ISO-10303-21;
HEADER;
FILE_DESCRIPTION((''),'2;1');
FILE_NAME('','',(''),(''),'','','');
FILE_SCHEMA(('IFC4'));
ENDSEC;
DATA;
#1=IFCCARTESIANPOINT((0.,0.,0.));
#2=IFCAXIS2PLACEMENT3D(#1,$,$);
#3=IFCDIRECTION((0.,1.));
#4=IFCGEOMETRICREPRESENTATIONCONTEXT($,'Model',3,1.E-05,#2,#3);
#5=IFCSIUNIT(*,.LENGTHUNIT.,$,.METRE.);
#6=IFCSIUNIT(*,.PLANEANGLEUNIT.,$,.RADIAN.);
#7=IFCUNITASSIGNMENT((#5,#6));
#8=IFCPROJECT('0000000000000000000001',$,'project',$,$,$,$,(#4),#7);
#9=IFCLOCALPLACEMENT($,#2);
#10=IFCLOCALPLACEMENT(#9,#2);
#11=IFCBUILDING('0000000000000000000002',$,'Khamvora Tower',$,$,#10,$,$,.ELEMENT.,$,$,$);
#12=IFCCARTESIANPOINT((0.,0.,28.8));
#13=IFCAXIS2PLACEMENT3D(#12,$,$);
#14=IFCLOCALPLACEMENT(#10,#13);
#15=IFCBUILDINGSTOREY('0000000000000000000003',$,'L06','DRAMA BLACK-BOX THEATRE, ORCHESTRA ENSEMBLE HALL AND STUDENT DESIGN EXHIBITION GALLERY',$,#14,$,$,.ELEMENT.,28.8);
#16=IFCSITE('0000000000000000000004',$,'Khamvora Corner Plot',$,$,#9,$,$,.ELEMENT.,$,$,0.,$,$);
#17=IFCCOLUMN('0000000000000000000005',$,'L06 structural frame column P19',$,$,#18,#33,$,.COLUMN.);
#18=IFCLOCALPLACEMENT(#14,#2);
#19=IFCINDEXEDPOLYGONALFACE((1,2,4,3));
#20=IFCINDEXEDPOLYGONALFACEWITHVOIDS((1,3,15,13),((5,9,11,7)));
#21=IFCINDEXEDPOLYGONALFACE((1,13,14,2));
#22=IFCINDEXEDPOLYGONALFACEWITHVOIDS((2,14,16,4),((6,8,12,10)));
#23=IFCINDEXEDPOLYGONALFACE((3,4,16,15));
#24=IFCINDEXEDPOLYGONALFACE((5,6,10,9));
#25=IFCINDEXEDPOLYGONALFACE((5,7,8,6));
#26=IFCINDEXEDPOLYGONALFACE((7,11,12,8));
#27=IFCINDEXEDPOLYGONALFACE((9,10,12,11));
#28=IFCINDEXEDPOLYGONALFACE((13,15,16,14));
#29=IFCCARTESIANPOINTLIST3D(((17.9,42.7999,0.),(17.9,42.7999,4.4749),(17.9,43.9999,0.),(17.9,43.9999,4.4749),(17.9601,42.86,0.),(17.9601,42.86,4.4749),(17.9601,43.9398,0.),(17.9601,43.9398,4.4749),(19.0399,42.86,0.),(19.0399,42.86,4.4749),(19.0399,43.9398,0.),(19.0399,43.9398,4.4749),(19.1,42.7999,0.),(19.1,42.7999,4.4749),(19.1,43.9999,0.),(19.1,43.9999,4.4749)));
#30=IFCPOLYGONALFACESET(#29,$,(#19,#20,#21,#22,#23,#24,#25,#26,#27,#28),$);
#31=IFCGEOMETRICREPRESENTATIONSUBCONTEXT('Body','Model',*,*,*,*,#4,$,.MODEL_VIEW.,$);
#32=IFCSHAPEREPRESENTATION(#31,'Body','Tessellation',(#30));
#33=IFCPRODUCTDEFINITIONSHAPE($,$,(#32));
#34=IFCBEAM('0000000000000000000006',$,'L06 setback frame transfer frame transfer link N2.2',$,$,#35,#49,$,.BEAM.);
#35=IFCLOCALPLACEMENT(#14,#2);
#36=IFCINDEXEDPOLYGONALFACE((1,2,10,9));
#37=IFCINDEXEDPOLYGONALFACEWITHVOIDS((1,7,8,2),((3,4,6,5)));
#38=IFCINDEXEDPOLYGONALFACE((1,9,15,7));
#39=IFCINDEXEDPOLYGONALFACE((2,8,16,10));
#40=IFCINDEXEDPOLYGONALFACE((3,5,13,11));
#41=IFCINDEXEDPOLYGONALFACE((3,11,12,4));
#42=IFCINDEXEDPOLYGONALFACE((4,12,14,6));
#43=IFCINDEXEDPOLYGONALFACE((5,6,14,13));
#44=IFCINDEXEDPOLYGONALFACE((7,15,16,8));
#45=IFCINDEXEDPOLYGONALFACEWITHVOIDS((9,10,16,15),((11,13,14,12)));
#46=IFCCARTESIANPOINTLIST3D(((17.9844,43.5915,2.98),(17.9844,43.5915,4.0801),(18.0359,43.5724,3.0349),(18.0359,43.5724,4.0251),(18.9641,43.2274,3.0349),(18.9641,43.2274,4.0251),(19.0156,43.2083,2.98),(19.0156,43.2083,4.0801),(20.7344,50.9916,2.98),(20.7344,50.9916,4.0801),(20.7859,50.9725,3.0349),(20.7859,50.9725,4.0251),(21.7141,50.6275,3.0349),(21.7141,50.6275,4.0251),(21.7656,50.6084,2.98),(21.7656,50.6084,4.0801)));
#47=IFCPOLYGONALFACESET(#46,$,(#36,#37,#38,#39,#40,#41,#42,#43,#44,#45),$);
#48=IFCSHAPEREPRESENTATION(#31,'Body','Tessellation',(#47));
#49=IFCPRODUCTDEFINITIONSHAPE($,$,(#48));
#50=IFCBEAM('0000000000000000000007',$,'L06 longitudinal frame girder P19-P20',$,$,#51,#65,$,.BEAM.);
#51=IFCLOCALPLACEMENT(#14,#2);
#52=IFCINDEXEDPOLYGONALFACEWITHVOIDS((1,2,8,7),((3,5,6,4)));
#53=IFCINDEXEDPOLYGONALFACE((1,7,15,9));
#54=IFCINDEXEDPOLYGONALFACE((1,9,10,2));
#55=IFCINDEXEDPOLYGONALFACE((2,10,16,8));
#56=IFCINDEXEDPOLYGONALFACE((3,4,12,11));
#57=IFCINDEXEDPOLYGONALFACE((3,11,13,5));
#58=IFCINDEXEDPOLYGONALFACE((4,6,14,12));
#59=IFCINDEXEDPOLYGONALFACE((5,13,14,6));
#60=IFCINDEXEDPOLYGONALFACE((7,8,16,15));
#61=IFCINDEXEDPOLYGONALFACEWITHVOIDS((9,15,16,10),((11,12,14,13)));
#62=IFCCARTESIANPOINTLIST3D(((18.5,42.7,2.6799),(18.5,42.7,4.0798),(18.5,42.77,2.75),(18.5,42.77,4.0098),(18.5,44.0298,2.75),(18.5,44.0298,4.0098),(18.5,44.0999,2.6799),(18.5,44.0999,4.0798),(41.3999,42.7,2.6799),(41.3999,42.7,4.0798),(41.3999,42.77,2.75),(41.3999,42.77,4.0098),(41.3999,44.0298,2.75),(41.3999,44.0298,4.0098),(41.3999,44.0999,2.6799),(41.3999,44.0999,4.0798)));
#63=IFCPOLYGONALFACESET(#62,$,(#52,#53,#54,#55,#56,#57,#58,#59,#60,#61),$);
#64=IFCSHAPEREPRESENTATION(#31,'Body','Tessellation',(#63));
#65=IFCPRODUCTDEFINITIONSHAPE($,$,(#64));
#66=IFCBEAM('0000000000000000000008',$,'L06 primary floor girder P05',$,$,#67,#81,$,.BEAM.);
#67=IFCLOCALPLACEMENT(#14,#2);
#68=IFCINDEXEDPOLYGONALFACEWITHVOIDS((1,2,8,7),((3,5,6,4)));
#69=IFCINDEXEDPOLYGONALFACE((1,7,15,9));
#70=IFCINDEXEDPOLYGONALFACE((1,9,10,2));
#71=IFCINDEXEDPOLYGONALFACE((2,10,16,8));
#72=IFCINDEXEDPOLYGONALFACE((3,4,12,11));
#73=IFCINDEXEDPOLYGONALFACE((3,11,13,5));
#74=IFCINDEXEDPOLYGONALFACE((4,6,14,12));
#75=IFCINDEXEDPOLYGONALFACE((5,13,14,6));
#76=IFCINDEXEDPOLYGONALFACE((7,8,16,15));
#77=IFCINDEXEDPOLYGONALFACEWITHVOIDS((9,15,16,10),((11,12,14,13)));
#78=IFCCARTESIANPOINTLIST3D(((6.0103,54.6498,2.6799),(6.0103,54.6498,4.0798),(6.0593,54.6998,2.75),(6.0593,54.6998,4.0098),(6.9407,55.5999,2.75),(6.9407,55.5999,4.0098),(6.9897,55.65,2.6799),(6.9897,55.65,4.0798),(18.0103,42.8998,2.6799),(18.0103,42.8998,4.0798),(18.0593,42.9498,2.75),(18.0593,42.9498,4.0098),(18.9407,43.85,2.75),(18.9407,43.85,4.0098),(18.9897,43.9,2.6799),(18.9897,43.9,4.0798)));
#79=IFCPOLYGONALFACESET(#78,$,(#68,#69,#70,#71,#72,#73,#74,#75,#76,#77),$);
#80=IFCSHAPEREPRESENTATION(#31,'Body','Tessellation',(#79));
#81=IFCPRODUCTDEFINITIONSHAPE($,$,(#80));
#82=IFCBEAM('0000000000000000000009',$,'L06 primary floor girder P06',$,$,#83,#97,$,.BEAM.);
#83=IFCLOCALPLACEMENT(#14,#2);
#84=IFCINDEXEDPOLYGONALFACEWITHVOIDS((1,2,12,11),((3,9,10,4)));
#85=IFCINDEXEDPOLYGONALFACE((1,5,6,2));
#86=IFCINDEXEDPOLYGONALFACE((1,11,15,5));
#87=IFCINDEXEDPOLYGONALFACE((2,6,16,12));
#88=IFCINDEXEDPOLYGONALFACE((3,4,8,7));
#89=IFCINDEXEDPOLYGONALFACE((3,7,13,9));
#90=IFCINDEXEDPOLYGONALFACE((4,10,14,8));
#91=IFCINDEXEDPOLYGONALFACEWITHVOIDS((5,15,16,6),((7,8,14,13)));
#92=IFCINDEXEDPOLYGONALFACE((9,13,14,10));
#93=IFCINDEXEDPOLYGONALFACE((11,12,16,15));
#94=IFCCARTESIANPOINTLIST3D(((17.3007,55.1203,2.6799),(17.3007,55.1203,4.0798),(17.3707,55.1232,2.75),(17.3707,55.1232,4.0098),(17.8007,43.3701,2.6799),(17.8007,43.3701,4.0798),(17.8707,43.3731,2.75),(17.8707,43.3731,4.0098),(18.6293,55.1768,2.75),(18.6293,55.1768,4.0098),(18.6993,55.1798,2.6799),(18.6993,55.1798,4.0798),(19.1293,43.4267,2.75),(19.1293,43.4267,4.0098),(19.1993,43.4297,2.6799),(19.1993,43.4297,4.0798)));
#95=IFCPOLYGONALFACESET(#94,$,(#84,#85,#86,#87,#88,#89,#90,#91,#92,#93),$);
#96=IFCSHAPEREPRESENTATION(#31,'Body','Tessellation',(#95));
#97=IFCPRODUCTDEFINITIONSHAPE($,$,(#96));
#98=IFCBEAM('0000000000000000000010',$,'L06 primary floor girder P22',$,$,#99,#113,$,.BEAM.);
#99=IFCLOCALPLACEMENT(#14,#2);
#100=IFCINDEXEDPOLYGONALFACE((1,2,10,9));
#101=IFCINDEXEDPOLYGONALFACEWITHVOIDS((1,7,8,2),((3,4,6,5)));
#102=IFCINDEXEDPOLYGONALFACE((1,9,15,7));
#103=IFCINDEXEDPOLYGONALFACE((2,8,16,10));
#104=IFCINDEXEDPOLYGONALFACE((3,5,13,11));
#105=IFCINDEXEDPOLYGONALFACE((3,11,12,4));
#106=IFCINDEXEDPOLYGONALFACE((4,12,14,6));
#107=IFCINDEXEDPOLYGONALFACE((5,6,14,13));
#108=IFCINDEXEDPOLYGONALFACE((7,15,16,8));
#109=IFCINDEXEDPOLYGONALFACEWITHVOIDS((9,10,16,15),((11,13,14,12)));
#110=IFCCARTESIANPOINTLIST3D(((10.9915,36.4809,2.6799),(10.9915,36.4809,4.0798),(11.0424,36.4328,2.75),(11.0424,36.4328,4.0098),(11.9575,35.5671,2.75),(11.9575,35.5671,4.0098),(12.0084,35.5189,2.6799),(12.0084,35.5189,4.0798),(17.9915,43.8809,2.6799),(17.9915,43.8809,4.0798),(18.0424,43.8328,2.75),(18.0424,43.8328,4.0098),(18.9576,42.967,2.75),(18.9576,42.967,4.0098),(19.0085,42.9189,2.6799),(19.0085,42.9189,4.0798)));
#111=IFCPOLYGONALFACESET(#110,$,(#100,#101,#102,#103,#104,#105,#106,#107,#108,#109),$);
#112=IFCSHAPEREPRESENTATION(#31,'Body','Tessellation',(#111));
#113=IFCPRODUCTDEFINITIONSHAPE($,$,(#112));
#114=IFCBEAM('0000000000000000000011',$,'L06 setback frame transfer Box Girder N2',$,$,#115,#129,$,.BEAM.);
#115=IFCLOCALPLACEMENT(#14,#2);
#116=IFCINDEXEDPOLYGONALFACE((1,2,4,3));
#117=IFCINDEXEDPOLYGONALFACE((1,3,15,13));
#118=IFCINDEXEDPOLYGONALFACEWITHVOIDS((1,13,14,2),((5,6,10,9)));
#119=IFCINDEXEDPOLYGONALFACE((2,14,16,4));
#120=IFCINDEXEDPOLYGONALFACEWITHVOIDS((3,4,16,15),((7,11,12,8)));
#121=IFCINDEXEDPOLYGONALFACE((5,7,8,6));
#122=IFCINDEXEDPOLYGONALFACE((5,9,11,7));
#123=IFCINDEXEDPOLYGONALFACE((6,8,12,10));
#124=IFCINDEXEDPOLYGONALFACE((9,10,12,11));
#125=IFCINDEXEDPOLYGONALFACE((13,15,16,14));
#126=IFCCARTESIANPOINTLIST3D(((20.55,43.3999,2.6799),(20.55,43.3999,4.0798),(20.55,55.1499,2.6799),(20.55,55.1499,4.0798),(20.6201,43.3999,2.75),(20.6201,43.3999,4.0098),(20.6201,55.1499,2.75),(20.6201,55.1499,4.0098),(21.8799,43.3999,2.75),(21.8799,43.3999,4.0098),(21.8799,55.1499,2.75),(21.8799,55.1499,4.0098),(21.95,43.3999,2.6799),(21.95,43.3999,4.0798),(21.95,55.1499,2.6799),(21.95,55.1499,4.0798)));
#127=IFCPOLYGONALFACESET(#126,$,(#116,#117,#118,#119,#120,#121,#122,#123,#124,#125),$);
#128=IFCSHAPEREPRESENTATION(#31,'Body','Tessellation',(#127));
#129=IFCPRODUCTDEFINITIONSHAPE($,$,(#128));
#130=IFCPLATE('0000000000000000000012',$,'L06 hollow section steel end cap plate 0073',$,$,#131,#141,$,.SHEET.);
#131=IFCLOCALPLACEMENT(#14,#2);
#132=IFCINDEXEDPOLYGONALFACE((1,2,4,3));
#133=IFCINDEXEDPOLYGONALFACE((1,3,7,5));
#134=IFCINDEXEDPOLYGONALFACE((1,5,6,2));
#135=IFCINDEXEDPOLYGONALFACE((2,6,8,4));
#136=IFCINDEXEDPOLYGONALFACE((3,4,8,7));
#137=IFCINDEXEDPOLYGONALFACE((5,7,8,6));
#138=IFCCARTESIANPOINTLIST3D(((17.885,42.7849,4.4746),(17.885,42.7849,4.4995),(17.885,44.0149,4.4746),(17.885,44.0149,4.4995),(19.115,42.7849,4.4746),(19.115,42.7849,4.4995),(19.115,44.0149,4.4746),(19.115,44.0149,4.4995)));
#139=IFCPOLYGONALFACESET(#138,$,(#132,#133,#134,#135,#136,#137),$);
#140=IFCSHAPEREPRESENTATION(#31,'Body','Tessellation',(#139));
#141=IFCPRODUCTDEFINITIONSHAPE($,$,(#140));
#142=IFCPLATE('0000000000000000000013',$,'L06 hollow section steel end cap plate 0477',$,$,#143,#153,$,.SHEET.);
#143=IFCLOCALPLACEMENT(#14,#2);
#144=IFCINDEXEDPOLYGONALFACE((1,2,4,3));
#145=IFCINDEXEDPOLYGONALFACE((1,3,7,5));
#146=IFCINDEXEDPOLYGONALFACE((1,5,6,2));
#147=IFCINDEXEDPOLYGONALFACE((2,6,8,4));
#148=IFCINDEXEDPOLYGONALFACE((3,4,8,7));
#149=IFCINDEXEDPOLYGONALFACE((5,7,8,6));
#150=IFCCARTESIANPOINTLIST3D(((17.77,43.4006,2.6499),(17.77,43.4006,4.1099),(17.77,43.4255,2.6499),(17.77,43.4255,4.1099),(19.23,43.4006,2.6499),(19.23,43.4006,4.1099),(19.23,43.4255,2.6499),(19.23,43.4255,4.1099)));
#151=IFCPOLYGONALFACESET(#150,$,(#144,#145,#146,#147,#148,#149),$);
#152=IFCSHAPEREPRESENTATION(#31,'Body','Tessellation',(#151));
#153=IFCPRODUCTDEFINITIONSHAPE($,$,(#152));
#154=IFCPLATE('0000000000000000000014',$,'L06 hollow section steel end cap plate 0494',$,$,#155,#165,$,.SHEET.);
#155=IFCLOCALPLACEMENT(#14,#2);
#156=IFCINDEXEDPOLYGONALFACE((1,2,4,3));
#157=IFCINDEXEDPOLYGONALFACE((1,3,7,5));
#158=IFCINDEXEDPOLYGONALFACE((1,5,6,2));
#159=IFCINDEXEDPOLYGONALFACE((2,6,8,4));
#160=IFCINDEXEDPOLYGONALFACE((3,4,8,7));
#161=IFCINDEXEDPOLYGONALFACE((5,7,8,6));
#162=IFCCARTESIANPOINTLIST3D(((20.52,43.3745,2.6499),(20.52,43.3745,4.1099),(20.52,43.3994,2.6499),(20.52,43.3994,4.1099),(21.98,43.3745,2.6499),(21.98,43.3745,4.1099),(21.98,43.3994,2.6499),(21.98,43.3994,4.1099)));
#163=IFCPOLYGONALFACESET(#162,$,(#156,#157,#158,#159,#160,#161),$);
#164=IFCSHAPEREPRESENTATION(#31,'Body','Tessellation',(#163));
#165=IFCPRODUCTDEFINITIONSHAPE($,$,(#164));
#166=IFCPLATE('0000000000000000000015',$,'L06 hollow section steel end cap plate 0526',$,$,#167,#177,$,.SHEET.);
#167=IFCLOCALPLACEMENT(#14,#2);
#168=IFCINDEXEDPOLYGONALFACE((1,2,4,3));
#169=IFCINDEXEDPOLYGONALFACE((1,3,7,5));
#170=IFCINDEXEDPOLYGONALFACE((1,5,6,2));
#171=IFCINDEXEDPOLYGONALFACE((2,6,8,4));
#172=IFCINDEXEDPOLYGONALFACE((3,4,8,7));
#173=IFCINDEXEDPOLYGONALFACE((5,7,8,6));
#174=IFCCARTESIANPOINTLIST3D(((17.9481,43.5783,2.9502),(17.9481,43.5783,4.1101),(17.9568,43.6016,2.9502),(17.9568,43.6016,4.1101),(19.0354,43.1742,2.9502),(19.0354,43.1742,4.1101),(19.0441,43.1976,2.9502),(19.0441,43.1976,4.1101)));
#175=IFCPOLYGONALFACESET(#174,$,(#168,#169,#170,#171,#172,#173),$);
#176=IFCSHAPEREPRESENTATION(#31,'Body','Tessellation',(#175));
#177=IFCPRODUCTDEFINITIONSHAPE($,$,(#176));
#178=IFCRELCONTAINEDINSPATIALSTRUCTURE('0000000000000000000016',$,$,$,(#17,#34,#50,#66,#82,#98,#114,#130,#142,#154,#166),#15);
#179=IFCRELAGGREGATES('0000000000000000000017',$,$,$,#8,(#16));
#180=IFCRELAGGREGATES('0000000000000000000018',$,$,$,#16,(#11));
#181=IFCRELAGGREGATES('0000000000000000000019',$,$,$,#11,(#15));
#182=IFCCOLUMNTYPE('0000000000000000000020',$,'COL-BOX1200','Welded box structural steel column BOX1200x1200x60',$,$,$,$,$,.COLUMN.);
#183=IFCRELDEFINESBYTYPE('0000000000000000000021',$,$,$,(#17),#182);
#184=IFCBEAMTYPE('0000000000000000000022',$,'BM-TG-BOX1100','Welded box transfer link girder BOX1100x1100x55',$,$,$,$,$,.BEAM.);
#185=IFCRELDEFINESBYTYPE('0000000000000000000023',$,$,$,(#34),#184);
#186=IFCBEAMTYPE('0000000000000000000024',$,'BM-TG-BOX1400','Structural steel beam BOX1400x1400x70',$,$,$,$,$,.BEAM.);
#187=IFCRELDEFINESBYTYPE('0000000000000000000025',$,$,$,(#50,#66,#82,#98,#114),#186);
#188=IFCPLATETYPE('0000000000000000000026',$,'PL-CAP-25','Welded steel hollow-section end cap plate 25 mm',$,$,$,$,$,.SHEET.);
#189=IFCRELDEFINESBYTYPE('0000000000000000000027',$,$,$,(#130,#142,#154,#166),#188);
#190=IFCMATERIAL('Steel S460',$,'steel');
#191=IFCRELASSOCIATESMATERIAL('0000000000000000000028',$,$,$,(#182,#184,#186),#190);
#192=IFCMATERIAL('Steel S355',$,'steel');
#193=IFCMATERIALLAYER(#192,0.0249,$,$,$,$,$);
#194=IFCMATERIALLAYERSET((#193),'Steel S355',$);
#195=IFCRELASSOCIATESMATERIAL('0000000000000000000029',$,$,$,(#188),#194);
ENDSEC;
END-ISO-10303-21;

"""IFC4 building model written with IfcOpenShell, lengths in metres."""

from ifc_helpers import new_model, si_unit, direction, frame, origin, origin_2d, place, context, subcontext, project, spatial, rectangle, hollow_rectangle, extrude, material, layer, layer_set, material_profile, profile_set, type_object, element, save


model = new_model("IFC4")

# Units and contexts
model_context = context("Model", 3, precision=1e-05, world=origin(), true_north=direction((0.0, 1.0)))
body_context = subcontext(model_context, "Body", "Model", "MODEL_VIEW")
ifc_project = project(units=[si_unit("LENGTHUNIT", "METRE"), si_unit("PLANEANGLEUNIT", "RADIAN")], contexts=[model_context])

# Site, building, storey
site_placement = place(None, origin())
site = spatial("IfcSite", under=ifc_project, at=site_placement, Name="Khamvora Corner Plot", CompositionType="ELEMENT", RefElevation=0.0)
building_placement = place(site_placement, origin())
building = spatial("IfcBuilding", under=site, at=building_placement, Name="Khamvora Tower", CompositionType="ELEMENT")
storey_placement = place(building_placement, frame((0.0, 0.0, 28.8)))
storey = spatial("IfcBuildingStorey", under=building, at=storey_placement, Name="L06", Description="DRAMA BLACK-BOX THEATRE, ORCHESTRA ENSEMBLE HALL AND STUDENT DESIGN EXHIBITION GALLERY", CompositionType="ELEMENT", Elevation=28.8)

# Column
ifc_material_1 = material(Name="Steel S460", Category="steel")
ifc_material_profile_1 = material_profile(ifc_material_1, hollow_rectangle(XDim=1.2, YDim=1.2, WallThickness=0.0601, at=origin_2d()), Name="BOX1200x1200x60")
ifc_profile_set_1 = profile_set([ifc_material_profile_1], Name="Steel S460")
column_type = type_object("IfcColumnType", Name="COL-BOX1200", Description="Welded box structural steel column BOX1200x1200x60", PredefinedType="COLUMN", material=ifc_profile_set_1)
column_placement = place(storey_placement, frame((18.5, 43.3999, 0.0), z_axis=(0.0, 0.0, 1.0), x_axis=(1.0, 0.0, 0.0)))
element("IfcColumn", 1, at=column_placement, inside=storey, type_object=column_type, Name="L06 structural frame column P19", PredefinedType="COLUMN", context=body_context, shape_type="SweptSolid", body=[
    extrude(hollow_rectangle(XDim=1.2, YDim=1.2, WallThickness=0.0601, at=origin_2d()), origin(), (0.0, 0.0, 1.0), 4.4749),
])

# Beams
ifc_material_profile_2 = material_profile(ifc_material_1, hollow_rectangle(XDim=1.1001, YDim=1.1001, WallThickness=0.0549, at=origin_2d()), Name="BOX1100x1100x55")
ifc_profile_set_2 = profile_set([ifc_material_profile_2], Name="Steel S460")
beam_type_1 = type_object("IfcBeamType", Name="BM-TG-BOX1100", Description="Welded box transfer link girder BOX1100x1100x55", PredefinedType="BEAM", material=ifc_profile_set_2)
beam_1_placement = place(storey_placement, frame((18.5, 43.3999, 3.53), z_axis=(0.348339, 0.937368, 0.0), x_axis=(-0.937368, 0.348339, 0.0)))
element("IfcBeam", 2, at=beam_1_placement, inside=storey, type_object=beam_type_1, Name="L06 setback frame transfer frame transfer link N2.2", PredefinedType="BEAM", context=body_context, shape_type="SweptSolid", body=[
    extrude(hollow_rectangle(XDim=1.1001, YDim=1.1001, WallThickness=0.0549, at=origin_2d()), origin(), (0.0, 0.0, 1.0), 7.8945),
])
ifc_material_profile_3 = material_profile(ifc_material_1, hollow_rectangle(XDim=1.3999, YDim=1.3999, WallThickness=0.0701, at=origin_2d()), Name="BOX1400x1400x70")
ifc_profile_set_3 = profile_set([ifc_material_profile_3], Name="Steel S460")
beam_type_2 = type_object("IfcBeamType", Name="BM-TG-BOX1400", Description="Structural steel beam BOX1400x1400x70", PredefinedType="BEAM", material=ifc_profile_set_3)
beam_2_placement = place(storey_placement, frame((18.5, 43.3999, 3.3799), z_axis=(1.0, 0.0, 0.0), x_axis=(0.0, 1.0, 0.0)))
element("IfcBeam", 3, at=beam_2_placement, inside=storey, type_object=beam_type_2, Name="L06 longitudinal frame girder P19-P20", PredefinedType="BEAM", context=body_context, shape_type="SweptSolid", body=[
    extrude(hollow_rectangle(XDim=1.3999, YDim=1.3999, WallThickness=0.0701, at=origin_2d()), origin(), (0.0, 0.0, 1.0), 22.8999),
])
beam_3_placement = place(storey_placement, frame((18.5, 43.3999, 3.3799), z_axis=(-0.71451, 0.699625, 0.0), x_axis=(-0.699625, -0.71451, 0.0)))
element("IfcBeam", 4, at=beam_3_placement, inside=storey, type_object=beam_type_2, Name="L06 primary floor girder P05", PredefinedType="BEAM", context=body_context, shape_type="SweptSolid", body=[
    extrude(hollow_rectangle(XDim=1.3999, YDim=1.3999, WallThickness=0.0701, at=origin_2d()), origin(), (0.0, 0.0, 1.0), 16.7947),
])
beam_4_placement = place(storey_placement, frame((18.5, 43.3999, 3.3799), z_axis=(-0.042515, 0.999096, 0.0), x_axis=(-0.999096, -0.042515, 0.0)))
element("IfcBeam", 5, at=beam_4_placement, inside=storey, type_object=beam_type_2, Name="L06 primary floor girder P06", PredefinedType="BEAM", context=body_context, shape_type="SweptSolid", body=[
    extrude(hollow_rectangle(XDim=1.3999, YDim=1.3999, WallThickness=0.0701, at=origin_2d()), origin(), (0.0, 0.0, 1.0), 11.7607),
])
beam_5_placement = place(storey_placement, frame((18.5, 43.3999, 3.3799), z_axis=(-0.687205, -0.726464, 0.0), x_axis=(0.726464, -0.687205, 0.0)))
element("IfcBeam", 6, at=beam_5_placement, inside=storey, type_object=beam_type_2, Name="L06 primary floor girder P22", PredefinedType="BEAM", context=body_context, shape_type="SweptSolid", body=[
    extrude(hollow_rectangle(XDim=1.3999, YDim=1.3999, WallThickness=0.0701, at=origin_2d()), origin(), (0.0, 0.0, 1.0), 10.1863),
])
beam_6_placement = place(storey_placement, frame((21.25, 43.3999, 3.3799), z_axis=(0.0, 1.0, 0.0), x_axis=(-1.0, 0.0, 0.0)))
element("IfcBeam", 7, at=beam_6_placement, inside=storey, type_object=beam_type_2, Name="L06 setback frame transfer Box Girder N2", PredefinedType="BEAM", context=body_context, shape_type="SweptSolid", body=[
    extrude(hollow_rectangle(XDim=1.3999, YDim=1.3999, WallThickness=0.0701, at=origin_2d()), origin(), (0.0, 0.0, 1.0), 11.75),
])

# Plates
ifc_material_2 = material(Name="Steel S355", Category="steel")
ifc_layer_1 = layer(ifc_material_2, 0.0249)
ifc_layer_set_1 = layer_set([ifc_layer_1], Name="Steel S355")
plate_type = type_object("IfcPlateType", Name="PL-CAP-25", Description="Welded steel hollow-section end cap plate 25 mm", PredefinedType="SHEET", material=ifc_layer_set_1)
plate_1_placement = place(storey_placement, frame((18.5, 43.3999, 4.4746), z_axis=(0.0, 0.0, 1.0), x_axis=(1.0, 0.0, 0.0)))
element("IfcPlate", 8, at=plate_1_placement, inside=storey, type_object=plate_type, Name="L06 hollow section steel end cap plate 0073", PredefinedType="SHEET", context=body_context, shape_type="SweptSolid", body=[
    extrude(rectangle(XDim=1.23, YDim=1.23, at=origin_2d()), origin(), (0.0, 0.0, 1.0), 0.0249),
])
for number, where, z_axis, x_axis, name in (
    (9, (18.5, 43.4131, 2.6499), (0.0, 0.0, 1.0), (0.0, 1.0, 0.0), "L06 hollow section steel end cap plate 0477"),
    (10, (21.25, 43.387, 2.6499), (0.0, 0.0, 1.0), (0.0, 1.0, 0.0), "L06 hollow section steel end cap plate 0494"),
):
    element("IfcPlate", number, at=place(storey_placement, frame(where, z_axis=z_axis, x_axis=x_axis)), inside=storey, type_object=plate_type, Name=name, PredefinedType="SHEET", context=body_context, shape_type="SweptSolid", body=[
        extrude(rectangle(XDim=0.0249, YDim=1.46, at=origin_2d()), origin(), (0.0, 0.0, 1.0), 1.46),
    ])
plate_2_placement = place(storey_placement, frame((18.4961, 43.3879, 2.9502), z_axis=(0.0, 0.0, 1.0), x_axis=(0.348343, 0.937367, 0.0)))
element("IfcPlate", 11, at=plate_2_placement, inside=storey, type_object=plate_type, Name="L06 hollow section steel end cap plate 0526", PredefinedType="SHEET", context=body_context, shape_type="SweptSolid", body=[
    extrude(rectangle(XDim=0.0249, YDim=1.1599, at=origin_2d()), origin(), (0.0, 0.0, 1.0), 1.1599),
])

save(model, "model.ifc")
